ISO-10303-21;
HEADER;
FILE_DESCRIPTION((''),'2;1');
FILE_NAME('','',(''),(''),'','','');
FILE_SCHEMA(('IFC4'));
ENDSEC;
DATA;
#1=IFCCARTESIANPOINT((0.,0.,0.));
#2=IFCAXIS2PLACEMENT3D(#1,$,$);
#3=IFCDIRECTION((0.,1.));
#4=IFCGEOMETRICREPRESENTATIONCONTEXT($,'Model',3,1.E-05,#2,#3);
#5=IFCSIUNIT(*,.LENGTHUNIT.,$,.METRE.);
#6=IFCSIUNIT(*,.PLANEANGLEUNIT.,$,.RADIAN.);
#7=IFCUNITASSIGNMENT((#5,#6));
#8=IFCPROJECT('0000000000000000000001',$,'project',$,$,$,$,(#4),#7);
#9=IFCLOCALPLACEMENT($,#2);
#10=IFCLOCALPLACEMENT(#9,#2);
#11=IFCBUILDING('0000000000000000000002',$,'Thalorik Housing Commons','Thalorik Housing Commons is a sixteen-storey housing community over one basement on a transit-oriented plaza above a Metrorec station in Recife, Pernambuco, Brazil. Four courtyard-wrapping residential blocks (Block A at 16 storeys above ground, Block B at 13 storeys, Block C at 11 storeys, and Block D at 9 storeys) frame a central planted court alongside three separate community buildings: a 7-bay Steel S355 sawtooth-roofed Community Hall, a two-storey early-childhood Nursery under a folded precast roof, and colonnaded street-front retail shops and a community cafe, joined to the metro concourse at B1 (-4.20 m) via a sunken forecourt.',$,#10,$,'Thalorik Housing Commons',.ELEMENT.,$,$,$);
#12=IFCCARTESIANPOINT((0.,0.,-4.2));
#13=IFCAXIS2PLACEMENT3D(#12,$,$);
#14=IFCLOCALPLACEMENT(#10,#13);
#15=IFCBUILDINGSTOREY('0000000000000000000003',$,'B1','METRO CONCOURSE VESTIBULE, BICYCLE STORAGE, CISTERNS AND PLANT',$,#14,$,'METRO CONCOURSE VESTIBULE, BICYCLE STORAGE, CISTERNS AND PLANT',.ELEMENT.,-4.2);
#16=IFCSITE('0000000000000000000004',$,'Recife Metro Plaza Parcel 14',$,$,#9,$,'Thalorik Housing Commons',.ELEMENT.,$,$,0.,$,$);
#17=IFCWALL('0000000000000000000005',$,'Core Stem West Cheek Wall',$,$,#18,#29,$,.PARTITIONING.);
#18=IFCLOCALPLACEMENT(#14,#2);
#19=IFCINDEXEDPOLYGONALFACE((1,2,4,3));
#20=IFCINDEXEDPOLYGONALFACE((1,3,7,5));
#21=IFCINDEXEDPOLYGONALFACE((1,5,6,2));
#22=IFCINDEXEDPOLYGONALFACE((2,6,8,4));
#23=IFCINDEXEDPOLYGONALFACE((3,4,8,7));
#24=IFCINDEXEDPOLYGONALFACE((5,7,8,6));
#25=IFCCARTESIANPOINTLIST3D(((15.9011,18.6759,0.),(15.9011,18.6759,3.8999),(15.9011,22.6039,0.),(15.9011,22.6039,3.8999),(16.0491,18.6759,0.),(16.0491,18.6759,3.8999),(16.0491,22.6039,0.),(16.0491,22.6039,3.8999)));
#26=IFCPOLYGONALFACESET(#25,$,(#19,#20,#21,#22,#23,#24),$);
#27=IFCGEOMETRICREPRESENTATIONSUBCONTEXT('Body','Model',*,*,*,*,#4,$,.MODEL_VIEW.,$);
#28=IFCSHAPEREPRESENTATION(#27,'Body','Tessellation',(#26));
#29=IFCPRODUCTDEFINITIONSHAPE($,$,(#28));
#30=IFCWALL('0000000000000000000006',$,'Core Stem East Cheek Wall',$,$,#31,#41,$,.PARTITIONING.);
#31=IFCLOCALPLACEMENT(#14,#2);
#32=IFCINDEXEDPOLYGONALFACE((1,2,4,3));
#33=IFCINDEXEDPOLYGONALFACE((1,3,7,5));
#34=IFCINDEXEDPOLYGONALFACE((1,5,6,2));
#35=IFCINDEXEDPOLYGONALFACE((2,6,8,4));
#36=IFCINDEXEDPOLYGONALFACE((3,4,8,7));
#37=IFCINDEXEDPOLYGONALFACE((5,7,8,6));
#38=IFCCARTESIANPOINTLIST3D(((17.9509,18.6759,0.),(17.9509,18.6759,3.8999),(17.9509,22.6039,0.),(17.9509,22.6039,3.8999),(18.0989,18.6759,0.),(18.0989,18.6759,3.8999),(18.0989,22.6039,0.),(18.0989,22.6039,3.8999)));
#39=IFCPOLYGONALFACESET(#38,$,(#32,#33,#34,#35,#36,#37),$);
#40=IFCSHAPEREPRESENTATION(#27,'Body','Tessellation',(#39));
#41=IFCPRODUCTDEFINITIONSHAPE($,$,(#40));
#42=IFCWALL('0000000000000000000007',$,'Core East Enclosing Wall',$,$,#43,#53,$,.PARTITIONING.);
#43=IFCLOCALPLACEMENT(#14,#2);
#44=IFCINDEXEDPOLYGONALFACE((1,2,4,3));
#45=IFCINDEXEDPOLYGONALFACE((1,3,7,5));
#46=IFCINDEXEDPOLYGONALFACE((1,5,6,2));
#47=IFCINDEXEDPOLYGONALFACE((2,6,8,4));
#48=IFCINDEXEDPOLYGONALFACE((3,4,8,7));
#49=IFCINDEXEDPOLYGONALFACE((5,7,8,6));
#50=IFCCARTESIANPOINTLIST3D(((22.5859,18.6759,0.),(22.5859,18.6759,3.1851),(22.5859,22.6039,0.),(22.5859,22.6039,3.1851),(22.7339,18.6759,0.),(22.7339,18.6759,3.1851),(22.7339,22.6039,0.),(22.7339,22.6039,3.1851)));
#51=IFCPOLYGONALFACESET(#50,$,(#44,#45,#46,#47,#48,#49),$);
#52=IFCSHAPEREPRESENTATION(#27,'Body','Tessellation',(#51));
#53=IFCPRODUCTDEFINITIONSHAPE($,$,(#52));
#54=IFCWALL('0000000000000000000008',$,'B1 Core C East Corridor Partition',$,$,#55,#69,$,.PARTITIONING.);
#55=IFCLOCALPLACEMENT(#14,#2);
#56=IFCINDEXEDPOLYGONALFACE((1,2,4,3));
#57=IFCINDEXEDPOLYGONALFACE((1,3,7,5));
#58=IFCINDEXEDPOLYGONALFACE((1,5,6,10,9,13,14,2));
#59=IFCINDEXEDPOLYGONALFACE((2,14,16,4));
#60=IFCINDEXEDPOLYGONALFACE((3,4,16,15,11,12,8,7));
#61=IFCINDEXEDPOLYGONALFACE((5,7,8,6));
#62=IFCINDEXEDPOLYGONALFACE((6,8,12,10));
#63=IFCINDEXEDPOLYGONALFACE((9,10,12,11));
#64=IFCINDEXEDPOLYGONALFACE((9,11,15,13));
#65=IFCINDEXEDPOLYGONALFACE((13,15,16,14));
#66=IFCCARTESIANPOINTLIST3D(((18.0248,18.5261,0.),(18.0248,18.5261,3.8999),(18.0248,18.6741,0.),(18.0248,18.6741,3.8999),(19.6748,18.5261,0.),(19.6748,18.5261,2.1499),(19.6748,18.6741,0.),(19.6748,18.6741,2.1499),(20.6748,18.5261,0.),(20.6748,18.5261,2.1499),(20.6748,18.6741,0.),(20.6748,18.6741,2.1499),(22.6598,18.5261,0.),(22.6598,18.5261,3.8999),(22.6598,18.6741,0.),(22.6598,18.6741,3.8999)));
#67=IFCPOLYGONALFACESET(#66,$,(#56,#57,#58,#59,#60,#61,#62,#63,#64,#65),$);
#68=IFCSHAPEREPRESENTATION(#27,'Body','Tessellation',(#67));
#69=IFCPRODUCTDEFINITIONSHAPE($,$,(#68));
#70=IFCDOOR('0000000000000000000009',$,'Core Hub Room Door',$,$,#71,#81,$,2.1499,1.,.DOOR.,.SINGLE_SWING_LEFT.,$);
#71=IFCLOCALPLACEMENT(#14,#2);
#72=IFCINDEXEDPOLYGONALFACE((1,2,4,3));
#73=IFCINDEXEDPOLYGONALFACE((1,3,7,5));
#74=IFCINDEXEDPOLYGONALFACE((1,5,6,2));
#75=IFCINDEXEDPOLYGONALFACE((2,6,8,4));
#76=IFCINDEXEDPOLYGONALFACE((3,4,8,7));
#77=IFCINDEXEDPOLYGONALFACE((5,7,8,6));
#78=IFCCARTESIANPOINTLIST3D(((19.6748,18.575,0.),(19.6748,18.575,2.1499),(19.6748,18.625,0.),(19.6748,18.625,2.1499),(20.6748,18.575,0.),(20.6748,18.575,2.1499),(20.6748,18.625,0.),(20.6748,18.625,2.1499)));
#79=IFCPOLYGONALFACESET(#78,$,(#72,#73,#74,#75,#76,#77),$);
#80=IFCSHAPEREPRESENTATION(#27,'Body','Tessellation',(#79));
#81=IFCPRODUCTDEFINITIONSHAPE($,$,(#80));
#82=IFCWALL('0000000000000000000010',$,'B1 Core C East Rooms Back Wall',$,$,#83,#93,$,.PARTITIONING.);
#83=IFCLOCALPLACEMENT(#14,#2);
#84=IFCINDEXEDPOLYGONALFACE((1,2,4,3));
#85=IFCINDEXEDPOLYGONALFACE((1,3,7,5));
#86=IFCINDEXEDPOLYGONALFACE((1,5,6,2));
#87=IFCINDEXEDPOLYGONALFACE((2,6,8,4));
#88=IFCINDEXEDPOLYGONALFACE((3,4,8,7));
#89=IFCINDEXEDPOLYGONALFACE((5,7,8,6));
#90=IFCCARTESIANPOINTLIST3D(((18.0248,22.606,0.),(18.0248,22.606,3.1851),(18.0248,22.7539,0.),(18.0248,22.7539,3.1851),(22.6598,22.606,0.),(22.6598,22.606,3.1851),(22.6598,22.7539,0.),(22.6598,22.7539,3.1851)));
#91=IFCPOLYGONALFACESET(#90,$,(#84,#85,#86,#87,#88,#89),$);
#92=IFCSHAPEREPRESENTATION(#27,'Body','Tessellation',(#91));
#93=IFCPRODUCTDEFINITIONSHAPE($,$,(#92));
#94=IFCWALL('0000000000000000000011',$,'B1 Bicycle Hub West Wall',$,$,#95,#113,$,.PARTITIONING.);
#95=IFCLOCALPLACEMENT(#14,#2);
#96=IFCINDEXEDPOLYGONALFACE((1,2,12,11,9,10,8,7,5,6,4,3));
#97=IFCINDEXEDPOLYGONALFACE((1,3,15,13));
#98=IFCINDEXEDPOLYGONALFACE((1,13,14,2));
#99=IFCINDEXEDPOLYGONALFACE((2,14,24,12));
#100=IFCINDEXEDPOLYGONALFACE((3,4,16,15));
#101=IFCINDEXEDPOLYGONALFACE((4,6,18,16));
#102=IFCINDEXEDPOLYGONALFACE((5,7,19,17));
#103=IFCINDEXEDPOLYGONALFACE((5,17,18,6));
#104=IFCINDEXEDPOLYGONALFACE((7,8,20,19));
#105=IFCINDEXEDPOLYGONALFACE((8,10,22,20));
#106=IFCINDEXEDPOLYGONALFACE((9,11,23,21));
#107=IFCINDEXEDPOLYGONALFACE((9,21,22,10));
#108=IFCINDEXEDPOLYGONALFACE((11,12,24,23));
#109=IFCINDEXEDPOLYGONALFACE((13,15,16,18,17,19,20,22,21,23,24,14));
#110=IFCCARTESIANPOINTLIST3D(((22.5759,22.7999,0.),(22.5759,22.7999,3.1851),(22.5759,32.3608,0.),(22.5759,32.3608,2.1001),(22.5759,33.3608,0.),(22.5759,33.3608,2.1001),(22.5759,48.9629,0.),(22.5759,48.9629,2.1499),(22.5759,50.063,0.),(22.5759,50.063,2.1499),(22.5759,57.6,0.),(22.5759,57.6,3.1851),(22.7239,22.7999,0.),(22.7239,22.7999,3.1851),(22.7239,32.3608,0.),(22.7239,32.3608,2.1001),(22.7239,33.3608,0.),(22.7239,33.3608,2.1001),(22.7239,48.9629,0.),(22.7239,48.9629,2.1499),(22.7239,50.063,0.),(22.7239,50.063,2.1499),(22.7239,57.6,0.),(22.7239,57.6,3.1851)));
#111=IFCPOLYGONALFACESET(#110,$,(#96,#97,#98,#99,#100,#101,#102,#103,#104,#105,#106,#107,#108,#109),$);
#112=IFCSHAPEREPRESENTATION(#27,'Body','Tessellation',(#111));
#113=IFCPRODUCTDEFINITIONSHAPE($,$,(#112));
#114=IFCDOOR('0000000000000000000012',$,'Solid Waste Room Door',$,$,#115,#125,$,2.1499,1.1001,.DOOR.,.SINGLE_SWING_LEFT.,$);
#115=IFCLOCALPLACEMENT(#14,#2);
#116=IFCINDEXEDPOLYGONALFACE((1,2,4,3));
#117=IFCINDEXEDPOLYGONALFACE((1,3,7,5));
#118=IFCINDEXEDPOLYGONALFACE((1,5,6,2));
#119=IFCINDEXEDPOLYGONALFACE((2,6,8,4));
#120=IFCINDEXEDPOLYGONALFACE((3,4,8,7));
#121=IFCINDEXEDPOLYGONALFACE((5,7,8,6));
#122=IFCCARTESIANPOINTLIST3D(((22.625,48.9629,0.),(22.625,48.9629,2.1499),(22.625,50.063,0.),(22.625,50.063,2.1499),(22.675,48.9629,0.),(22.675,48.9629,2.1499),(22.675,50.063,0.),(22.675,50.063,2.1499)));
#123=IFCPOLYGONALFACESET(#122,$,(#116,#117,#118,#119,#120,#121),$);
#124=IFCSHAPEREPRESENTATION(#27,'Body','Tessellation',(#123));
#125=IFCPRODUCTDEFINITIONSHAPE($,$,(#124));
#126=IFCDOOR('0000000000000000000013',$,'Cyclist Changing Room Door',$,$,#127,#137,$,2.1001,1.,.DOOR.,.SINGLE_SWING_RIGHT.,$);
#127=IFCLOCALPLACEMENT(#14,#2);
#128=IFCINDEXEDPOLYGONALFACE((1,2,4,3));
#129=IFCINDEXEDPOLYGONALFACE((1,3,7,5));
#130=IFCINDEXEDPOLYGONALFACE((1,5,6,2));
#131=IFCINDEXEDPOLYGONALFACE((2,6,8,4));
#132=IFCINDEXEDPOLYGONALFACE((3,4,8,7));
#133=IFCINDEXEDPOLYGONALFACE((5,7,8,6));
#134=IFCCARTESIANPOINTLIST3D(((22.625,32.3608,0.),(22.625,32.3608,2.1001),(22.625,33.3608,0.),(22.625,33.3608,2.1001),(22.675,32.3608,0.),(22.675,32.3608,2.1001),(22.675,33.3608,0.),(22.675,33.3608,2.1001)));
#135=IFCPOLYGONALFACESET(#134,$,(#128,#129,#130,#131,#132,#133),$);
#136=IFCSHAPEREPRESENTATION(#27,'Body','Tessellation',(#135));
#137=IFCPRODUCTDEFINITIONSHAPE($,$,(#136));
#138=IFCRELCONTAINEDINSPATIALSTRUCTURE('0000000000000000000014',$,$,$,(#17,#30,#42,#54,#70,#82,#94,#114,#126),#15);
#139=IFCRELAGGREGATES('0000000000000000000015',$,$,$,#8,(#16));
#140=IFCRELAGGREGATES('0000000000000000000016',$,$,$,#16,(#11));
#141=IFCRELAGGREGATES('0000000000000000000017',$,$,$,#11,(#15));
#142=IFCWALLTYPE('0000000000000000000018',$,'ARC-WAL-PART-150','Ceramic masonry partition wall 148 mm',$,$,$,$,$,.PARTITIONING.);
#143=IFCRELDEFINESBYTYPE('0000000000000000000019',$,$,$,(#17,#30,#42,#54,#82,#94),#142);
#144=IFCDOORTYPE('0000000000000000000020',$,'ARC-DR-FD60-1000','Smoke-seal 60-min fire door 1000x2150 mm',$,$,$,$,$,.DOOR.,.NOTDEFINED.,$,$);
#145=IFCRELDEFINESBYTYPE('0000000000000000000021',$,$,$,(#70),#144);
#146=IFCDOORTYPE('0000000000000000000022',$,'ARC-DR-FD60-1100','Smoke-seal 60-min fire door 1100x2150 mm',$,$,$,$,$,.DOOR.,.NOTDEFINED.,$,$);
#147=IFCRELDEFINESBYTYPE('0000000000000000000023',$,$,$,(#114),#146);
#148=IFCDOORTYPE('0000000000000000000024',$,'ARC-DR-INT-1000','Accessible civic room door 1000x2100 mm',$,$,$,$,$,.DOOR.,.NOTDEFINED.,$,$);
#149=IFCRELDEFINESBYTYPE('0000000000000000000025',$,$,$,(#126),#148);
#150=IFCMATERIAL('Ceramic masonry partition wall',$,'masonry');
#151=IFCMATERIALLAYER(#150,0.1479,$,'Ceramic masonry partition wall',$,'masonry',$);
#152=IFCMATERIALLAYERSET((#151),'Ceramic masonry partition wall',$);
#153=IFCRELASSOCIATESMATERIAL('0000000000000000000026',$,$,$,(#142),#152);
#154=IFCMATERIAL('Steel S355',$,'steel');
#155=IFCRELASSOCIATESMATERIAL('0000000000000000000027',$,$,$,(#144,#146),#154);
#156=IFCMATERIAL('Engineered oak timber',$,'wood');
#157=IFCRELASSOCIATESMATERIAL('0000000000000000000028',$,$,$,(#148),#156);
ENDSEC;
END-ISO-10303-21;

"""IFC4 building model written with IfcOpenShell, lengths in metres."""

from ifc_helpers import new_model, si_unit, direction, frame, frame_2d, origin, place, context, subcontext, project, spatial, rectangle, extrude, material, layer, layer_set, type_object, element, fill, save


model = new_model("IFC4")

# Units and contexts
model_context = context("Model", 3, precision=1e-05, world=origin(), true_north=direction((0.0, 1.0)))
body_context = subcontext(model_context, "Body", "Model", "MODEL_VIEW")
ifc_project = project(units=[si_unit("LENGTHUNIT", "METRE"), si_unit("PLANEANGLEUNIT", "RADIAN")], contexts=[model_context])

# Site, building, storey
site_placement = place(None, origin())
site = spatial("IfcSite", under=ifc_project, at=site_placement, Name="Recife Metro Plaza Parcel 14", LongName="Thalorik Housing Commons", CompositionType="ELEMENT", RefElevation=0.0)
building_placement = place(site_placement, origin())
building = spatial("IfcBuilding", under=site, at=building_placement, Name="Thalorik Housing Commons", Description="Thalorik Housing Commons is a sixteen-storey housing community over one basement on a transit-oriented plaza above a Metrorec station in Recife, Pernambuco, Brazil. Four courtyard-wrapping residential blocks (Block A at 16 storeys above ground, Block B at 13 storeys, Block C at 11 storeys, and Block D at 9 storeys) frame a central planted court alongside three separate community buildings: a 7-bay Steel S355 sawtooth-roofed Community Hall, a two-storey early-childhood Nursery under a folded precast roof, and colonnaded street-front retail shops and a community cafe, joined to the metro concourse at B1 (-4.20 m) via a sunken forecourt.", LongName="Thalorik Housing Commons", CompositionType="ELEMENT")
storey_placement = place(building_placement, frame((0.0, 0.0, -4.2)))
storey = spatial("IfcBuildingStorey", under=building, at=storey_placement, Name="B1", Description="METRO CONCOURSE VESTIBULE, BICYCLE STORAGE, CISTERNS AND PLANT", LongName="METRO CONCOURSE VESTIBULE, BICYCLE STORAGE, CISTERNS AND PLANT", CompositionType="ELEMENT", Elevation=-4.2)

# Walls
ifc_material_1 = material(Name="Ceramic masonry partition wall", Category="masonry")
ifc_layer = layer(ifc_material_1, 0.1479, Name="Ceramic masonry partition wall", Category="masonry")
ifc_layer_set = layer_set([ifc_layer], Name="Ceramic masonry partition wall")
wall_type = type_object("IfcWallType", Name="ARC-WAL-PART-150", Description="Ceramic masonry partition wall 148 mm", PredefinedType="PARTITIONING", material=ifc_layer_set)
for number, where, z_axis, x_axis, name in (
    (1, (15.9751, 18.676, 0.0), (0.0, 0.0, 1.0), (0.0, 1.0, 0.0), "Core Stem West Cheek Wall"),
    (2, (18.0249, 18.676, 0.0), (0.0, 0.0, 1.0), (0.0, 1.0, 0.0), "Core Stem East Cheek Wall"),
):
    element("IfcWall", number, at=place(storey_placement, frame(where, z_axis=z_axis, x_axis=x_axis)), inside=storey, type_object=wall_type, Name=name, PredefinedType="PARTITIONING", context=body_context, shape_type="SweptSolid", body=[
        extrude(rectangle(XDim=3.928, YDim=0.1479, at=frame_2d((1.9639, 0.0))), origin(), (0.0, 0.0, 1.0), 3.8999),
    ])
wall_1_placement = place(storey_placement, frame((22.6599, 18.676, 0.0), z_axis=(0.0, 0.0, 1.0), x_axis=(0.0, 1.0, 0.0)))
element("IfcWall", 3, at=wall_1_placement, inside=storey, type_object=wall_type, Name="Core East Enclosing Wall", PredefinedType="PARTITIONING", context=body_context, shape_type="SweptSolid", body=[
    extrude(rectangle(XDim=3.928, YDim=0.1479, at=frame_2d((1.9639, 0.0))), origin(), (0.0, 0.0, 1.0), 3.1851),
])

# Wall, opening, door
wall_2_placement = place(storey_placement, frame((18.0249, 18.6001, 0.0), z_axis=(0.0, 0.0, 1.0), x_axis=(1.0, 0.0, 0.0)))
wall_2 = element("IfcWall", 4, at=wall_2_placement, inside=storey, type_object=wall_type, Name="B1 Core C East Corridor Partition", PredefinedType="PARTITIONING", context=body_context, shape_type="SweptSolid", body=[
    extrude(rectangle(XDim=4.635, YDim=0.1479, at=frame_2d((2.3174, 0.0))), origin(), (0.0, 0.0, 1.0), 3.8999),
])
opening_1_placement = place(wall_2_placement, frame((1.6499, 0.0, 0.0)))
opening_1 = element("IfcOpeningElement", 5, at=opening_1_placement, cuts=wall_2, PredefinedType="OPENING", context=body_context, shape_type="SweptSolid", body=[
    extrude(rectangle(XDim=1.0, YDim=2.1499, at=frame_2d((0.5, 1.075))), frame((0.0, 0.084, 0.0), z_axis=(0.0, -1.0, 0.0), x_axis=(1.0, 0.0, 0.0)), (0.0, 0.0, 1.0), 0.168),
])
ifc_material_2 = material(Name="Steel S355", Category="steel")
door_type_1 = type_object("IfcDoorType", Name="ARC-DR-FD60-1000", Description="Smoke-seal 60-min fire door 1000x2150 mm", OperationType="NOTDEFINED", PredefinedType="DOOR", material=ifc_material_2)
door_1_placement = place(opening_1_placement, origin())
door_1 = element("IfcDoor", 6, at=door_1_placement, inside=storey, type_object=door_type_1, Name="Core Hub Room Door", OperationType="SINGLE_SWING_LEFT", OverallHeight=2.1499, OverallWidth=1.0, PredefinedType="DOOR", context=body_context, shape_type="SweptSolid", body=[
    extrude(rectangle(XDim=1.0, YDim=2.1499, at=frame_2d((0.5, 1.075))), frame((0.0, 0.0249, 0.0), z_axis=(0.0, -1.0, 0.0), x_axis=(1.0, 0.0, 0.0)), (0.0, 0.0, 1.0), 0.05),
])
fill(opening_1, door_1)

# Wall
wall_3_placement = place(storey_placement, frame((18.0249, 22.6799, 0.0), z_axis=(0.0, 0.0, 1.0), x_axis=(1.0, 0.0, 0.0)))
element("IfcWall", 7, at=wall_3_placement, inside=storey, type_object=wall_type, Name="B1 Core C East Rooms Back Wall", PredefinedType="PARTITIONING", context=body_context, shape_type="SweptSolid", body=[
    extrude(rectangle(XDim=4.635, YDim=0.1479, at=frame_2d((2.3174, 0.0))), origin(), (0.0, 0.0, 1.0), 3.1851),
])

# Wall, openings, doors
wall_4_placement = place(storey_placement, frame((22.6499, 22.8, 0.0), z_axis=(0.0, 0.0, 1.0), x_axis=(0.0, 1.0, 0.0)))
wall_4 = element("IfcWall", 8, at=wall_4_placement, inside=storey, type_object=wall_type, Name="B1 Bicycle Hub West Wall", PredefinedType="PARTITIONING", context=body_context, shape_type="SweptSolid", body=[
    extrude(rectangle(XDim=34.8, YDim=0.1479, at=frame_2d((17.3999, 0.0))), origin(), (0.0, 0.0, 1.0), 3.1851),
])
opening_2_placement = place(wall_4_placement, frame((9.5608, 0.0, 0.0)))
opening_2 = element("IfcOpeningElement", 9, at=opening_2_placement, cuts=wall_4, PredefinedType="OPENING", context=body_context, shape_type="SweptSolid", body=[
    extrude(rectangle(XDim=1.0, YDim=2.1001, at=frame_2d((0.5, 1.05))), frame((0.0, 0.084, 0.0), z_axis=(0.0, -1.0, 0.0), x_axis=(1.0, 0.0, 0.0)), (0.0, 0.0, 1.0), 0.168),
])
opening_3_placement = place(wall_4_placement, frame((26.1628, 0.0, 0.0)))
opening_3 = element("IfcOpeningElement", 10, at=opening_3_placement, cuts=wall_4, PredefinedType="OPENING", context=body_context, shape_type="SweptSolid", body=[
    extrude(rectangle(XDim=1.1001, YDim=2.1499, at=frame_2d((0.55, 1.075))), frame((0.0, 0.084, 0.0), z_axis=(0.0, -1.0, 0.0), x_axis=(1.0, 0.0, 0.0)), (0.0, 0.0, 1.0), 0.168),
])
door_type_2 = type_object("IfcDoorType", Name="ARC-DR-FD60-1100", Description="Smoke-seal 60-min fire door 1100x2150 mm", OperationType="NOTDEFINED", PredefinedType="DOOR", material=ifc_material_2)
door_2_placement = place(opening_3_placement, origin())
door_2 = element("IfcDoor", 11, at=door_2_placement, inside=storey, type_object=door_type_2, Name="Solid Waste Room Door", OperationType="SINGLE_SWING_LEFT", OverallHeight=2.1499, OverallWidth=1.1001, PredefinedType="DOOR", context=body_context, shape_type="SweptSolid", body=[
    extrude(rectangle(XDim=1.1001, YDim=2.1499, at=frame_2d((0.55, 1.075))), frame((0.0, 0.0249, 0.0), z_axis=(0.0, -1.0, 0.0), x_axis=(1.0, 0.0, 0.0)), (0.0, 0.0, 1.0), 0.05),
])
fill(opening_3, door_2)
ifc_material_3 = material(Name="Engineered oak timber", Category="wood")
door_type_3 = type_object("IfcDoorType", Name="ARC-DR-INT-1000", Description="Accessible civic room door 1000x2100 mm", OperationType="NOTDEFINED", PredefinedType="DOOR", material=ifc_material_3)
door_3_placement = place(opening_2_placement, origin())
door_3 = element("IfcDoor", 12, at=door_3_placement, inside=storey, type_object=door_type_3, Name="Cyclist Changing Room Door", OperationType="SINGLE_SWING_RIGHT", OverallHeight=2.1001, OverallWidth=1.0, PredefinedType="DOOR", context=body_context, shape_type="SweptSolid", body=[
    extrude(rectangle(XDim=1.0, YDim=2.1001, at=frame_2d((0.5, 1.05))), frame((0.0, 0.0249, 0.0), z_axis=(0.0, -1.0, 0.0), x_axis=(1.0, 0.0, 0.0)), (0.0, 0.0, 1.0), 0.05),
])
fill(opening_2, door_3)

save(model, "model.ifc")
